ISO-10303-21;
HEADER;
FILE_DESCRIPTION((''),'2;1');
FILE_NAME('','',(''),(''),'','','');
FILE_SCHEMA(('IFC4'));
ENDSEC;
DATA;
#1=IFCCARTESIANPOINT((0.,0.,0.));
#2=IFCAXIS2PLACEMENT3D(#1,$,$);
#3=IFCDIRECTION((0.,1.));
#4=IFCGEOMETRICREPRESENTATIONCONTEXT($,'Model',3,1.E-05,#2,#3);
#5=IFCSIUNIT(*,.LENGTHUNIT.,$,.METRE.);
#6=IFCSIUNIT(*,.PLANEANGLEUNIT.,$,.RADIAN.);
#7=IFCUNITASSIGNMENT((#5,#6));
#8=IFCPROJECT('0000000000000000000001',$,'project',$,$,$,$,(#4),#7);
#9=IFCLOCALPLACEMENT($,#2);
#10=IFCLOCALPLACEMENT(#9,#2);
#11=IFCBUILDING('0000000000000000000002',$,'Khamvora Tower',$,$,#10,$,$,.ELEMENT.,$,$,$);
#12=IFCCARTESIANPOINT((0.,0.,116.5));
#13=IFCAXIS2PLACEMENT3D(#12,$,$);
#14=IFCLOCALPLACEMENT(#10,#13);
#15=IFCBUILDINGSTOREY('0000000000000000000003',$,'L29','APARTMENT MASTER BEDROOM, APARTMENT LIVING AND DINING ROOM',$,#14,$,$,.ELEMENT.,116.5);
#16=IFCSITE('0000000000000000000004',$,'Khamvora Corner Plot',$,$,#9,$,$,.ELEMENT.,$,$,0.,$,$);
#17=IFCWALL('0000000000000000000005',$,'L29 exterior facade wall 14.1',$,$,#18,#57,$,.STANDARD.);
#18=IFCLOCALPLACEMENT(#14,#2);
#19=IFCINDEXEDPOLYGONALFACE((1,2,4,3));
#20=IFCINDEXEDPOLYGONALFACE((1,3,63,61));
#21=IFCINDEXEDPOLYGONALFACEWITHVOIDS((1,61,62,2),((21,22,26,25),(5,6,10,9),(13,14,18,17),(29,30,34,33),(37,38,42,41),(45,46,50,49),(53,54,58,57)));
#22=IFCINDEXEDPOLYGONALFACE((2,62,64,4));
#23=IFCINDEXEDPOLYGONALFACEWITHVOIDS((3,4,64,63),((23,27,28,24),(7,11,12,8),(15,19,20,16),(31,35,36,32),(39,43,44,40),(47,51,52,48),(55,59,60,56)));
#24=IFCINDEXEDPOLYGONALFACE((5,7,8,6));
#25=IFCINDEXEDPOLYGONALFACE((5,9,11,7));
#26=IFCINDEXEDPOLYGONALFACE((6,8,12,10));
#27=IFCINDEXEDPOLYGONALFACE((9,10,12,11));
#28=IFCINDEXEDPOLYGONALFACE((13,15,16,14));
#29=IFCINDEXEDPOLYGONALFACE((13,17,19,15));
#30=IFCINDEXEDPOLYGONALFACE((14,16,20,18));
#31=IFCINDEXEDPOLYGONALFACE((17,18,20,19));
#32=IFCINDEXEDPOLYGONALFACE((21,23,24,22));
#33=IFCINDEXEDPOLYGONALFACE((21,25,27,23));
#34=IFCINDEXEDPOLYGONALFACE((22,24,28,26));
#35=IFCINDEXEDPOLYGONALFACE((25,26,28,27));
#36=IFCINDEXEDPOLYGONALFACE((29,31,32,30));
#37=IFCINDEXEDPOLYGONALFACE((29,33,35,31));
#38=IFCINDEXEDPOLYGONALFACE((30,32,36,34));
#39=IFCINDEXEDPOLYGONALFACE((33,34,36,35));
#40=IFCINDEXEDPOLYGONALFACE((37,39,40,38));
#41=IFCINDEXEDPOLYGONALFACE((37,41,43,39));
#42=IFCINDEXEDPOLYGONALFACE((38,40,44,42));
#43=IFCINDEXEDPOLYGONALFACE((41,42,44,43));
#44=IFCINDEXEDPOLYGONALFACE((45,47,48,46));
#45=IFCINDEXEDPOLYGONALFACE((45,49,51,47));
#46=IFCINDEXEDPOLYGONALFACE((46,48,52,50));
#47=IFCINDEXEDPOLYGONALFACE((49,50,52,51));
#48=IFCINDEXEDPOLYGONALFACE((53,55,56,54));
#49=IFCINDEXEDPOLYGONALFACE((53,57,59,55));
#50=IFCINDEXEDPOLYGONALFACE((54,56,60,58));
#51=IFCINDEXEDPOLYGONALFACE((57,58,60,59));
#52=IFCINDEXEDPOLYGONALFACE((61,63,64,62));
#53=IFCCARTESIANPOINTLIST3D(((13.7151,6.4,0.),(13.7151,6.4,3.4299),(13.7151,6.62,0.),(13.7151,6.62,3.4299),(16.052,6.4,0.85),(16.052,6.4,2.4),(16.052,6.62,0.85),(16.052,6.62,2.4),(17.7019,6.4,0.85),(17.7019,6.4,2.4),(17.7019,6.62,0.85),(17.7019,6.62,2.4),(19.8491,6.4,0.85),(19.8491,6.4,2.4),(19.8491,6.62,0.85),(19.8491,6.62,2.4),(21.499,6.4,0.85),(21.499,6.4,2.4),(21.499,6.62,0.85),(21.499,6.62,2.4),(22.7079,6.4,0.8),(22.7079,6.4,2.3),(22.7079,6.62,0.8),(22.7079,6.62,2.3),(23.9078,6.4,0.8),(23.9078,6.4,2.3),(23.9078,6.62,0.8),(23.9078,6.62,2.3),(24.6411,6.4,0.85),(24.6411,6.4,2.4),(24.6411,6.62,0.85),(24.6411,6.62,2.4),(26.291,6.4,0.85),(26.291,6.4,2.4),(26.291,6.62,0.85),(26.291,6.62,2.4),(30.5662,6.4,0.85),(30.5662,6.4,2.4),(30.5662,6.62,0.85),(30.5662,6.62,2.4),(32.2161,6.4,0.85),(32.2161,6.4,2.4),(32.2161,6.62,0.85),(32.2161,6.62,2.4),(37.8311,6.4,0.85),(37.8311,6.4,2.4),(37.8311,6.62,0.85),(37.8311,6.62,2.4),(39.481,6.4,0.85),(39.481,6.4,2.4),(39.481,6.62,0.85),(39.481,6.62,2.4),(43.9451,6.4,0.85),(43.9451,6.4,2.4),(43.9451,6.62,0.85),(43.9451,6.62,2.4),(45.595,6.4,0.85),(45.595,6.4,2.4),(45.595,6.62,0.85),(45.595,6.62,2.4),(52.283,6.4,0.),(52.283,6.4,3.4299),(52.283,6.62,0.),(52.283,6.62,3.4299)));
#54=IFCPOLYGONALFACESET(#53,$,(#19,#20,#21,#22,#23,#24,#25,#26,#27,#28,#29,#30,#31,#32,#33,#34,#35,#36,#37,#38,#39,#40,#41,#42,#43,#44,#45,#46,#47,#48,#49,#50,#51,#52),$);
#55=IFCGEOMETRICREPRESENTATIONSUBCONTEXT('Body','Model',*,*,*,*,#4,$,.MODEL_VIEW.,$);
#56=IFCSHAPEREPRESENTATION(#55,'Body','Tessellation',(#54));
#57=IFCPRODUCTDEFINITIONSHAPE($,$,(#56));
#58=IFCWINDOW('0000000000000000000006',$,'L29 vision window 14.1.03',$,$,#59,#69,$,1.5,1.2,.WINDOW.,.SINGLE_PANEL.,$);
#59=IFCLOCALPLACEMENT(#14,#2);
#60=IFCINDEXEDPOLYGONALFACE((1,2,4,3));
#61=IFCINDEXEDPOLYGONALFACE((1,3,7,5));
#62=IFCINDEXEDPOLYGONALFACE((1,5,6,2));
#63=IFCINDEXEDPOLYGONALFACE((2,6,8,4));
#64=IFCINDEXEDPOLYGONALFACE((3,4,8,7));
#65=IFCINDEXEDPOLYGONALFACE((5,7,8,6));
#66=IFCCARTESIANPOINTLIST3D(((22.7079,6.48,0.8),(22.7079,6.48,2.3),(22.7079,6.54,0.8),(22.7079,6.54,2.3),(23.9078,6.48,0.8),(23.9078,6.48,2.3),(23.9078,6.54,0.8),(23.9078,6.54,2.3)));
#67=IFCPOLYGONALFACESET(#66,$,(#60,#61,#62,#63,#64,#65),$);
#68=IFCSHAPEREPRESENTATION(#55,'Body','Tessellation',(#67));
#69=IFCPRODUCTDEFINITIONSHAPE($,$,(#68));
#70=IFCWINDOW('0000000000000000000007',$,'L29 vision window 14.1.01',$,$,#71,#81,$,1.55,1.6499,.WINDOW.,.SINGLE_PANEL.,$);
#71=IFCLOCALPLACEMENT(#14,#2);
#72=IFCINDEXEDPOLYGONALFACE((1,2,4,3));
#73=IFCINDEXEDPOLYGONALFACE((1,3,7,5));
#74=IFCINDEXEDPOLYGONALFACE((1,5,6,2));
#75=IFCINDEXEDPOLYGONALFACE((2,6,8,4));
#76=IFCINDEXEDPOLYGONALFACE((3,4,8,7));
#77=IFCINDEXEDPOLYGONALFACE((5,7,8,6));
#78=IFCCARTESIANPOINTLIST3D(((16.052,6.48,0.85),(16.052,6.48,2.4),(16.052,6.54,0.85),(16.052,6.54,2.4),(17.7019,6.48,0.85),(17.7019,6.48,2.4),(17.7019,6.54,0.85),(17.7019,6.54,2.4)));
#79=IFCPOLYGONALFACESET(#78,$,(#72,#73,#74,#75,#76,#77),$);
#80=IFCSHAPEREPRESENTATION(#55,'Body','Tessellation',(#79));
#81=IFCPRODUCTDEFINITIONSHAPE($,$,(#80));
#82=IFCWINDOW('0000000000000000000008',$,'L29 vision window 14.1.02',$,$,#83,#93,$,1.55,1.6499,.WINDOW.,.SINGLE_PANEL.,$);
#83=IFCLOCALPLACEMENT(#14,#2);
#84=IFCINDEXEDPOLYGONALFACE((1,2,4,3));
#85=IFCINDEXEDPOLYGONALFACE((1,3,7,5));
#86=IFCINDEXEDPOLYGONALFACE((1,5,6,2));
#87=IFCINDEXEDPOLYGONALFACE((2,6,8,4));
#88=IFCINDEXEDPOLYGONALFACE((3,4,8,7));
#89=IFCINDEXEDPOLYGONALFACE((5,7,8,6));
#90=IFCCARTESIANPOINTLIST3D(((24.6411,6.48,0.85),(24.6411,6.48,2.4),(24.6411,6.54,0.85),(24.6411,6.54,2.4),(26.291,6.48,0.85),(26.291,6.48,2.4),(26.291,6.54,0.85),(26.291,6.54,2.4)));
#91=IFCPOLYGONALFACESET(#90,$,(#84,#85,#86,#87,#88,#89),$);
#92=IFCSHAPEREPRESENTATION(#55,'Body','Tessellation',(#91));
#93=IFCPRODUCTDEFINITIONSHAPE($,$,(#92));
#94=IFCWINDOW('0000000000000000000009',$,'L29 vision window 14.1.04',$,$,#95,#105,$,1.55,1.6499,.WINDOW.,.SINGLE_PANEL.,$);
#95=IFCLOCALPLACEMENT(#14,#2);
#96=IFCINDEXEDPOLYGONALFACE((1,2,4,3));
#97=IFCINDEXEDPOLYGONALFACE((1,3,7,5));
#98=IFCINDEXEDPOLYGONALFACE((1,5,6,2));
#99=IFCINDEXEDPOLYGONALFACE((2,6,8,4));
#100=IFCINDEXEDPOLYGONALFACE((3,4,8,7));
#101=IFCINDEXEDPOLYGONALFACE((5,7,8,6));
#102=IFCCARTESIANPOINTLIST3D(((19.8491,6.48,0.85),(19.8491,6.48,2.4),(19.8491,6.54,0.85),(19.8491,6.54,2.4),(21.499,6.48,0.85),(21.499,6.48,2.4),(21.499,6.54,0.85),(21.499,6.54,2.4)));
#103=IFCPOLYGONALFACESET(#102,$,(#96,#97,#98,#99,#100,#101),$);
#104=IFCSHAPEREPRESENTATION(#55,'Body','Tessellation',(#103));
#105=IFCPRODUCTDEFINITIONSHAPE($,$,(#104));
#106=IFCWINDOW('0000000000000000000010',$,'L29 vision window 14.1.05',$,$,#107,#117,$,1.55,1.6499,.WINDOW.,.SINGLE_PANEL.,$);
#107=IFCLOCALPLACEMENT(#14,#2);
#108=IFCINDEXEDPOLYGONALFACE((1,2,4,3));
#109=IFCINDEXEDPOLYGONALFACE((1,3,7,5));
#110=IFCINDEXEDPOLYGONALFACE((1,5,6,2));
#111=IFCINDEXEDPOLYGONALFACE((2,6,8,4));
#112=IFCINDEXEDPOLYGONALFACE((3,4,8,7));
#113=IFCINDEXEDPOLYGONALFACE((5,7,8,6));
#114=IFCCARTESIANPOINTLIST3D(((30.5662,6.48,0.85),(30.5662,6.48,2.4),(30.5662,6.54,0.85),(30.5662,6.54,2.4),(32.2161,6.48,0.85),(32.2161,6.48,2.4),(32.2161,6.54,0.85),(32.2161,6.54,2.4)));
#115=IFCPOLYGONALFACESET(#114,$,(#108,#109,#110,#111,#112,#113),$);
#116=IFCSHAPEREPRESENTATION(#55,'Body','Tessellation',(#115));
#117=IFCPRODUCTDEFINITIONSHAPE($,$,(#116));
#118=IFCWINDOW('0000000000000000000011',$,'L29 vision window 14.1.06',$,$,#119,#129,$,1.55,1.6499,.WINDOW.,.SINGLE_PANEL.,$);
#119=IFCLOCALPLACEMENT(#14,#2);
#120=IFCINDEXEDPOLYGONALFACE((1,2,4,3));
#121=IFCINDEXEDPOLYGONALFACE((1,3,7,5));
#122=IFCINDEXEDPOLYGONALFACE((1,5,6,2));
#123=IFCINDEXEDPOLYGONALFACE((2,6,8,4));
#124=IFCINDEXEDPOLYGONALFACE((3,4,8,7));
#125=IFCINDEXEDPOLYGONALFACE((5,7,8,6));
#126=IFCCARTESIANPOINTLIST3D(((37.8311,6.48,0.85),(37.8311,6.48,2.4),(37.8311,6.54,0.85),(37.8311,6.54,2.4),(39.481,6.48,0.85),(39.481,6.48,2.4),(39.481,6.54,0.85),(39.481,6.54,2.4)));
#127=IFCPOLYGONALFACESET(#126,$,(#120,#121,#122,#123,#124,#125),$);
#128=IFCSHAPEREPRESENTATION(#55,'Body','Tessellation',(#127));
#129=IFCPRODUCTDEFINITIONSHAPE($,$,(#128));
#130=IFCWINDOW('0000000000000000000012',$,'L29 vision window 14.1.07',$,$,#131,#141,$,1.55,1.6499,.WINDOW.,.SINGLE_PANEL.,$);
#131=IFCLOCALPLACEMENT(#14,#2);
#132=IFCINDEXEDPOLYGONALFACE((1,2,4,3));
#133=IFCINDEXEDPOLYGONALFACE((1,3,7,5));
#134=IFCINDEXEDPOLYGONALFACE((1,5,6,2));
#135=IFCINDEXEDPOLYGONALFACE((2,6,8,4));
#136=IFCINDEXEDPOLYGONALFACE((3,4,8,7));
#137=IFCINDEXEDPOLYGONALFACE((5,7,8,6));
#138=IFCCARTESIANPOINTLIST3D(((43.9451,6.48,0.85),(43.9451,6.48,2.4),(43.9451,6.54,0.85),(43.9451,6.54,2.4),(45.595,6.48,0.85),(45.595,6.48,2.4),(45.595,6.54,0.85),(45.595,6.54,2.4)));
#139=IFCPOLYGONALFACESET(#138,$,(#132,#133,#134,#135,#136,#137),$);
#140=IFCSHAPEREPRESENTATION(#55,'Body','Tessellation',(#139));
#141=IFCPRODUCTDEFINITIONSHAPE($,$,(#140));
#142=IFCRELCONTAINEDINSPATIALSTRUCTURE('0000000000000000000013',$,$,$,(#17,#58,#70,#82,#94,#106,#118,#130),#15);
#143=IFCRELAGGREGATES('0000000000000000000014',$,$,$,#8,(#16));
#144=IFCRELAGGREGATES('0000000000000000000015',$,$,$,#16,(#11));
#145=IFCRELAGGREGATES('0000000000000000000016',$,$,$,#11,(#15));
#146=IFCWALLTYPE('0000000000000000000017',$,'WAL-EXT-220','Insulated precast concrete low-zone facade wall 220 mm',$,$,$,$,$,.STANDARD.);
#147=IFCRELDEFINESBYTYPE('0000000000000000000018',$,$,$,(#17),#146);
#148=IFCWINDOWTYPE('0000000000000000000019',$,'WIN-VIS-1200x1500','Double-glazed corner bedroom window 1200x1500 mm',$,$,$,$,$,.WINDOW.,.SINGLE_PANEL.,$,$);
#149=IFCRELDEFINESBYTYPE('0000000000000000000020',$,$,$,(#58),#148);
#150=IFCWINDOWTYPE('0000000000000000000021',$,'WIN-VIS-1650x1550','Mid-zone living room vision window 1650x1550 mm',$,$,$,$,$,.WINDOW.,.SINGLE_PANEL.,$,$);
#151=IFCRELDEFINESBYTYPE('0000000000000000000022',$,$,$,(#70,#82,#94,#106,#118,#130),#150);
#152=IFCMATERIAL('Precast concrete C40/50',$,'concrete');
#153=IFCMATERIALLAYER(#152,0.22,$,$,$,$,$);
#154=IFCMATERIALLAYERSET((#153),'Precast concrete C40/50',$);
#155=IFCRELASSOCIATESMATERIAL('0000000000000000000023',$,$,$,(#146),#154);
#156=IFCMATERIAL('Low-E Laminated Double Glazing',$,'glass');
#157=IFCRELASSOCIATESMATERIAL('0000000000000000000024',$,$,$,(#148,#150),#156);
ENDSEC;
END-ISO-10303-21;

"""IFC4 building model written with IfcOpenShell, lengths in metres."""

from ifc_helpers import new_model, si_unit, direction, frame, frame_2d, origin, place, context, subcontext, project, spatial, rectangle, extrude, material, layer, layer_set, type_object, element, fill, save


model = new_model("IFC4")

# Units and contexts
model_context = context("Model", 3, precision=1e-05, world=origin(), true_north=direction((0.0, 1.0)))
body_context = subcontext(model_context, "Body", "Model", "MODEL_VIEW")
ifc_project = project(units=[si_unit("LENGTHUNIT", "METRE"), si_unit("PLANEANGLEUNIT", "RADIAN")], contexts=[model_context])

# Site, building, storey
site_placement = place(None, origin())
site = spatial("IfcSite", under=ifc_project, at=site_placement, Name="Khamvora Corner Plot", CompositionType="ELEMENT", RefElevation=0.0)
building_placement = place(site_placement, origin())
building = spatial("IfcBuilding", under=site, at=building_placement, Name="Khamvora Tower", CompositionType="ELEMENT")
storey_placement = place(building_placement, frame((0.0, 0.0, 116.5)))
storey = spatial("IfcBuildingStorey", under=building, at=storey_placement, Name="L29", Description="APARTMENT MASTER BEDROOM, APARTMENT LIVING AND DINING ROOM", CompositionType="ELEMENT", Elevation=116.5)

# Shared definitions
ifc_material_1 = material(Name="Precast concrete C40/50", Category="concrete")
ifc_layer_1 = layer(ifc_material_1, 0.22)
ifc_layer_set_1 = layer_set([ifc_layer_1], Name="Precast concrete C40/50")
wall_type_1 = type_object("IfcWallType", Name="WAL-EXT-220", Description="Insulated precast concrete low-zone facade wall 220 mm", PredefinedType="STANDARD", material=ifc_layer_set_1)

# Wall, openings, windows
wall_1_placement = place(storey_placement, frame((52.283, 6.51, 0.0), z_axis=(0.0, 0.0, 1.0), x_axis=(-1.0, 0.0, 0.0)))
wall_1 = element("IfcWall", 1, at=wall_1_placement, inside=storey, type_object=wall_type_1, Name="L29 exterior facade wall 14.1", PredefinedType="STANDARD", context=body_context, shape_type="SweptSolid", body=[
    extrude(rectangle(XDim=38.5679, YDim=0.22, at=frame_2d((19.2839, 0.0))), origin(), (0.0, 0.0, 1.0), 3.4299),
])
opening_1_placement = place(wall_1_placement, frame((34.5811, 0.0, 0.8501)))
opening_1 = element("IfcOpeningElement", 2, at=opening_1_placement, cuts=wall_1, PredefinedType="OPENING", context=body_context, shape_type="SweptSolid", body=[
    extrude(rectangle(XDim=1.6499, YDim=1.55, at=frame_2d((0.825, 0.7749))), frame((0.0, 0.1199, 0.0), z_axis=(0.0, -1.0, 0.0), x_axis=(1.0, 0.0, 0.0)), (0.0, 0.0, 1.0), 0.24),
])
opening_2_placement = place(wall_1_placement, frame((25.9919, 0.0, 0.8501)))
opening_2 = element("IfcOpeningElement", 3, at=opening_2_placement, cuts=wall_1, PredefinedType="OPENING", context=body_context, shape_type="SweptSolid", body=[
    extrude(rectangle(XDim=1.6499, YDim=1.55, at=frame_2d((0.825, 0.7749))), frame((0.0, 0.1199, 0.0), z_axis=(0.0, -1.0, 0.0), x_axis=(1.0, 0.0, 0.0)), (0.0, 0.0, 1.0), 0.24),
])
opening_3_placement = place(wall_1_placement, frame((28.375, 0.0, 0.8)))
opening_3 = element("IfcOpeningElement", 4, at=opening_3_placement, cuts=wall_1, PredefinedType="OPENING", context=body_context, shape_type="SweptSolid", body=[
    extrude(rectangle(XDim=1.2, YDim=1.5, at=frame_2d((0.6001, 0.75))), frame((0.0, 0.1199, 0.0), z_axis=(0.0, -1.0, 0.0), x_axis=(1.0, 0.0, 0.0)), (0.0, 0.0, 1.0), 0.24),
])
opening_4_placement = place(wall_1_placement, frame((30.7839, 0.0, 0.8501)))
opening_4 = element("IfcOpeningElement", 5, at=opening_4_placement, cuts=wall_1, PredefinedType="OPENING", context=body_context, shape_type="SweptSolid", body=[
    extrude(rectangle(XDim=1.6499, YDim=1.55, at=frame_2d((0.825, 0.7749))), frame((0.0, 0.1199, 0.0), z_axis=(0.0, -1.0, 0.0), x_axis=(1.0, 0.0, 0.0)), (0.0, 0.0, 1.0), 0.24),
])
opening_5_placement = place(wall_1_placement, frame((20.0669, 0.0, 0.8501)))
opening_5 = element("IfcOpeningElement", 6, at=opening_5_placement, cuts=wall_1, PredefinedType="OPENING", context=body_context, shape_type="SweptSolid", body=[
    extrude(rectangle(XDim=1.6499, YDim=1.55, at=frame_2d((0.825, 0.7749))), frame((0.0, 0.1199, 0.0), z_axis=(0.0, -1.0, 0.0), x_axis=(1.0, 0.0, 0.0)), (0.0, 0.0, 1.0), 0.24),
])
opening_6_placement = place(wall_1_placement, frame((12.802, 0.0, 0.8501)))
opening_6 = element("IfcOpeningElement", 7, at=opening_6_placement, cuts=wall_1, PredefinedType="OPENING", context=body_context, shape_type="SweptSolid", body=[
    extrude(rectangle(XDim=1.6499, YDim=1.55, at=frame_2d((0.825, 0.7749))), frame((0.0, 0.1199, 0.0), z_axis=(0.0, -1.0, 0.0), x_axis=(1.0, 0.0, 0.0)), (0.0, 0.0, 1.0), 0.24),
])
opening_7_placement = place(wall_1_placement, frame((6.688, 0.0, 0.8501)))
opening_7 = element("IfcOpeningElement", 8, at=opening_7_placement, cuts=wall_1, PredefinedType="OPENING", context=body_context, shape_type="SweptSolid", body=[
    extrude(rectangle(XDim=1.6499, YDim=1.55, at=frame_2d((0.825, 0.7749))), frame((0.0, 0.1199, 0.0), z_axis=(0.0, -1.0, 0.0), x_axis=(1.0, 0.0, 0.0)), (0.0, 0.0, 1.0), 0.24),
])
ifc_material_2 = material(Name="Low-E Laminated Double Glazing", Category="glass")
window_type_1 = type_object("IfcWindowType", Name="WIN-VIS-1200x1500", Description="Double-glazed corner bedroom window 1200x1500 mm", PartitioningType="SINGLE_PANEL", PredefinedType="WINDOW", material=ifc_material_2)
window_1_placement = place(opening_3_placement, origin())
window_1 = element("IfcWindow", 9, at=window_1_placement, inside=storey, type_object=window_type_1, Name="L29 vision window 14.1.03", OverallHeight=1.5, OverallWidth=1.2, PartitioningType="SINGLE_PANEL", PredefinedType="WINDOW", context=body_context, shape_type="SweptSolid", body=[
    extrude(rectangle(XDim=1.2, YDim=1.5, at=frame_2d((0.6001, 0.75))), frame((0.0, 0.03, 0.0), z_axis=(0.0, -1.0, 0.0), x_axis=(1.0, 0.0, 0.0)), (0.0, 0.0, 1.0), 0.0601),
])
fill(opening_3, window_1)
window_type_2 = type_object("IfcWindowType", Name="WIN-VIS-1650x1550", Description="Mid-zone living room vision window 1650x1550 mm", PartitioningType="SINGLE_PANEL", PredefinedType="WINDOW", material=ifc_material_2)
window_2_placement = place(opening_1_placement, origin())
window_2 = element("IfcWindow", 10, at=window_2_placement, inside=storey, type_object=window_type_2, Name="L29 vision window 14.1.01", OverallHeight=1.55, OverallWidth=1.6499, PartitioningType="SINGLE_PANEL", PredefinedType="WINDOW", context=body_context, shape_type="SweptSolid", body=[
    extrude(rectangle(XDim=1.6499, YDim=1.55, at=frame_2d((0.825, 0.7749))), frame((0.0, 0.03, 0.0), z_axis=(0.0, -1.0, 0.0), x_axis=(1.0, 0.0, 0.0)), (0.0, 0.0, 1.0), 0.0601),
])
fill(opening_1, window_2)
window_3_placement = place(opening_2_placement, origin())
window_3 = element("IfcWindow", 11, at=window_3_placement, inside=storey, type_object=window_type_2, Name="L29 vision window 14.1.02", OverallHeight=1.55, OverallWidth=1.6499, PartitioningType="SINGLE_PANEL", PredefinedType="WINDOW", context=body_context, shape_type="SweptSolid", body=[
    extrude(rectangle(XDim=1.6499, YDim=1.55, at=frame_2d((0.825, 0.7749))), frame((0.0, 0.03, 0.0), z_axis=(0.0, -1.0, 0.0), x_axis=(1.0, 0.0, 0.0)), (0.0, 0.0, 1.0), 0.0601),
])
fill(opening_2, window_3)
window_4_placement = place(opening_4_placement, origin())
window_4 = element("IfcWindow", 12, at=window_4_placement, inside=storey, type_object=window_type_2, Name="L29 vision window 14.1.04", OverallHeight=1.55, OverallWidth=1.6499, PartitioningType="SINGLE_PANEL", PredefinedType="WINDOW", context=body_context, shape_type="SweptSolid", body=[
    extrude(rectangle(XDim=1.6499, YDim=1.55, at=frame_2d((0.825, 0.7749))), frame((0.0, 0.03, 0.0), z_axis=(0.0, -1.0, 0.0), x_axis=(1.0, 0.0, 0.0)), (0.0, 0.0, 1.0), 0.0601),
])
fill(opening_4, window_4)
window_5_placement = place(opening_5_placement, origin())
window_5 = element("IfcWindow", 13, at=window_5_placement, inside=storey, type_object=window_type_2, Name="L29 vision window 14.1.05", OverallHeight=1.55, OverallWidth=1.6499, PartitioningType="SINGLE_PANEL", PredefinedType="WINDOW", context=body_context, shape_type="SweptSolid", body=[
    extrude(rectangle(XDim=1.6499, YDim=1.55, at=frame_2d((0.825, 0.7749))), frame((0.0, 0.03, 0.0), z_axis=(0.0, -1.0, 0.0), x_axis=(1.0, 0.0, 0.0)), (0.0, 0.0, 1.0), 0.0601),
])
fill(opening_5, window_5)
window_6_placement = place(opening_6_placement, origin())
window_6 = element("IfcWindow", 14, at=window_6_placement, inside=storey, type_object=window_type_2, Name="L29 vision window 14.1.06", OverallHeight=1.55, OverallWidth=1.6499, PartitioningType="SINGLE_PANEL", PredefinedType="WINDOW", context=body_context, shape_type="SweptSolid", body=[
    extrude(rectangle(XDim=1.6499, YDim=1.55, at=frame_2d((0.825, 0.7749))), frame((0.0, 0.03, 0.0), z_axis=(0.0, -1.0, 0.0), x_axis=(1.0, 0.0, 0.0)), (0.0, 0.0, 1.0), 0.0601),
])
fill(opening_6, window_6)
window_7_placement = place(opening_7_placement, origin())
window_7 = element("IfcWindow", 15, at=window_7_placement, inside=storey, type_object=window_type_2, Name="L29 vision window 14.1.07", OverallHeight=1.55, OverallWidth=1.6499, PartitioningType="SINGLE_PANEL", PredefinedType="WINDOW", context=body_context, shape_type="SweptSolid", body=[
    extrude(rectangle(XDim=1.6499, YDim=1.55, at=frame_2d((0.825, 0.7749))), frame((0.0, 0.03, 0.0), z_axis=(0.0, -1.0, 0.0), x_axis=(1.0, 0.0, 0.0)), (0.0, 0.0, 1.0), 0.0601),
])
fill(opening_7, window_7)

save(model, "model.ifc")
